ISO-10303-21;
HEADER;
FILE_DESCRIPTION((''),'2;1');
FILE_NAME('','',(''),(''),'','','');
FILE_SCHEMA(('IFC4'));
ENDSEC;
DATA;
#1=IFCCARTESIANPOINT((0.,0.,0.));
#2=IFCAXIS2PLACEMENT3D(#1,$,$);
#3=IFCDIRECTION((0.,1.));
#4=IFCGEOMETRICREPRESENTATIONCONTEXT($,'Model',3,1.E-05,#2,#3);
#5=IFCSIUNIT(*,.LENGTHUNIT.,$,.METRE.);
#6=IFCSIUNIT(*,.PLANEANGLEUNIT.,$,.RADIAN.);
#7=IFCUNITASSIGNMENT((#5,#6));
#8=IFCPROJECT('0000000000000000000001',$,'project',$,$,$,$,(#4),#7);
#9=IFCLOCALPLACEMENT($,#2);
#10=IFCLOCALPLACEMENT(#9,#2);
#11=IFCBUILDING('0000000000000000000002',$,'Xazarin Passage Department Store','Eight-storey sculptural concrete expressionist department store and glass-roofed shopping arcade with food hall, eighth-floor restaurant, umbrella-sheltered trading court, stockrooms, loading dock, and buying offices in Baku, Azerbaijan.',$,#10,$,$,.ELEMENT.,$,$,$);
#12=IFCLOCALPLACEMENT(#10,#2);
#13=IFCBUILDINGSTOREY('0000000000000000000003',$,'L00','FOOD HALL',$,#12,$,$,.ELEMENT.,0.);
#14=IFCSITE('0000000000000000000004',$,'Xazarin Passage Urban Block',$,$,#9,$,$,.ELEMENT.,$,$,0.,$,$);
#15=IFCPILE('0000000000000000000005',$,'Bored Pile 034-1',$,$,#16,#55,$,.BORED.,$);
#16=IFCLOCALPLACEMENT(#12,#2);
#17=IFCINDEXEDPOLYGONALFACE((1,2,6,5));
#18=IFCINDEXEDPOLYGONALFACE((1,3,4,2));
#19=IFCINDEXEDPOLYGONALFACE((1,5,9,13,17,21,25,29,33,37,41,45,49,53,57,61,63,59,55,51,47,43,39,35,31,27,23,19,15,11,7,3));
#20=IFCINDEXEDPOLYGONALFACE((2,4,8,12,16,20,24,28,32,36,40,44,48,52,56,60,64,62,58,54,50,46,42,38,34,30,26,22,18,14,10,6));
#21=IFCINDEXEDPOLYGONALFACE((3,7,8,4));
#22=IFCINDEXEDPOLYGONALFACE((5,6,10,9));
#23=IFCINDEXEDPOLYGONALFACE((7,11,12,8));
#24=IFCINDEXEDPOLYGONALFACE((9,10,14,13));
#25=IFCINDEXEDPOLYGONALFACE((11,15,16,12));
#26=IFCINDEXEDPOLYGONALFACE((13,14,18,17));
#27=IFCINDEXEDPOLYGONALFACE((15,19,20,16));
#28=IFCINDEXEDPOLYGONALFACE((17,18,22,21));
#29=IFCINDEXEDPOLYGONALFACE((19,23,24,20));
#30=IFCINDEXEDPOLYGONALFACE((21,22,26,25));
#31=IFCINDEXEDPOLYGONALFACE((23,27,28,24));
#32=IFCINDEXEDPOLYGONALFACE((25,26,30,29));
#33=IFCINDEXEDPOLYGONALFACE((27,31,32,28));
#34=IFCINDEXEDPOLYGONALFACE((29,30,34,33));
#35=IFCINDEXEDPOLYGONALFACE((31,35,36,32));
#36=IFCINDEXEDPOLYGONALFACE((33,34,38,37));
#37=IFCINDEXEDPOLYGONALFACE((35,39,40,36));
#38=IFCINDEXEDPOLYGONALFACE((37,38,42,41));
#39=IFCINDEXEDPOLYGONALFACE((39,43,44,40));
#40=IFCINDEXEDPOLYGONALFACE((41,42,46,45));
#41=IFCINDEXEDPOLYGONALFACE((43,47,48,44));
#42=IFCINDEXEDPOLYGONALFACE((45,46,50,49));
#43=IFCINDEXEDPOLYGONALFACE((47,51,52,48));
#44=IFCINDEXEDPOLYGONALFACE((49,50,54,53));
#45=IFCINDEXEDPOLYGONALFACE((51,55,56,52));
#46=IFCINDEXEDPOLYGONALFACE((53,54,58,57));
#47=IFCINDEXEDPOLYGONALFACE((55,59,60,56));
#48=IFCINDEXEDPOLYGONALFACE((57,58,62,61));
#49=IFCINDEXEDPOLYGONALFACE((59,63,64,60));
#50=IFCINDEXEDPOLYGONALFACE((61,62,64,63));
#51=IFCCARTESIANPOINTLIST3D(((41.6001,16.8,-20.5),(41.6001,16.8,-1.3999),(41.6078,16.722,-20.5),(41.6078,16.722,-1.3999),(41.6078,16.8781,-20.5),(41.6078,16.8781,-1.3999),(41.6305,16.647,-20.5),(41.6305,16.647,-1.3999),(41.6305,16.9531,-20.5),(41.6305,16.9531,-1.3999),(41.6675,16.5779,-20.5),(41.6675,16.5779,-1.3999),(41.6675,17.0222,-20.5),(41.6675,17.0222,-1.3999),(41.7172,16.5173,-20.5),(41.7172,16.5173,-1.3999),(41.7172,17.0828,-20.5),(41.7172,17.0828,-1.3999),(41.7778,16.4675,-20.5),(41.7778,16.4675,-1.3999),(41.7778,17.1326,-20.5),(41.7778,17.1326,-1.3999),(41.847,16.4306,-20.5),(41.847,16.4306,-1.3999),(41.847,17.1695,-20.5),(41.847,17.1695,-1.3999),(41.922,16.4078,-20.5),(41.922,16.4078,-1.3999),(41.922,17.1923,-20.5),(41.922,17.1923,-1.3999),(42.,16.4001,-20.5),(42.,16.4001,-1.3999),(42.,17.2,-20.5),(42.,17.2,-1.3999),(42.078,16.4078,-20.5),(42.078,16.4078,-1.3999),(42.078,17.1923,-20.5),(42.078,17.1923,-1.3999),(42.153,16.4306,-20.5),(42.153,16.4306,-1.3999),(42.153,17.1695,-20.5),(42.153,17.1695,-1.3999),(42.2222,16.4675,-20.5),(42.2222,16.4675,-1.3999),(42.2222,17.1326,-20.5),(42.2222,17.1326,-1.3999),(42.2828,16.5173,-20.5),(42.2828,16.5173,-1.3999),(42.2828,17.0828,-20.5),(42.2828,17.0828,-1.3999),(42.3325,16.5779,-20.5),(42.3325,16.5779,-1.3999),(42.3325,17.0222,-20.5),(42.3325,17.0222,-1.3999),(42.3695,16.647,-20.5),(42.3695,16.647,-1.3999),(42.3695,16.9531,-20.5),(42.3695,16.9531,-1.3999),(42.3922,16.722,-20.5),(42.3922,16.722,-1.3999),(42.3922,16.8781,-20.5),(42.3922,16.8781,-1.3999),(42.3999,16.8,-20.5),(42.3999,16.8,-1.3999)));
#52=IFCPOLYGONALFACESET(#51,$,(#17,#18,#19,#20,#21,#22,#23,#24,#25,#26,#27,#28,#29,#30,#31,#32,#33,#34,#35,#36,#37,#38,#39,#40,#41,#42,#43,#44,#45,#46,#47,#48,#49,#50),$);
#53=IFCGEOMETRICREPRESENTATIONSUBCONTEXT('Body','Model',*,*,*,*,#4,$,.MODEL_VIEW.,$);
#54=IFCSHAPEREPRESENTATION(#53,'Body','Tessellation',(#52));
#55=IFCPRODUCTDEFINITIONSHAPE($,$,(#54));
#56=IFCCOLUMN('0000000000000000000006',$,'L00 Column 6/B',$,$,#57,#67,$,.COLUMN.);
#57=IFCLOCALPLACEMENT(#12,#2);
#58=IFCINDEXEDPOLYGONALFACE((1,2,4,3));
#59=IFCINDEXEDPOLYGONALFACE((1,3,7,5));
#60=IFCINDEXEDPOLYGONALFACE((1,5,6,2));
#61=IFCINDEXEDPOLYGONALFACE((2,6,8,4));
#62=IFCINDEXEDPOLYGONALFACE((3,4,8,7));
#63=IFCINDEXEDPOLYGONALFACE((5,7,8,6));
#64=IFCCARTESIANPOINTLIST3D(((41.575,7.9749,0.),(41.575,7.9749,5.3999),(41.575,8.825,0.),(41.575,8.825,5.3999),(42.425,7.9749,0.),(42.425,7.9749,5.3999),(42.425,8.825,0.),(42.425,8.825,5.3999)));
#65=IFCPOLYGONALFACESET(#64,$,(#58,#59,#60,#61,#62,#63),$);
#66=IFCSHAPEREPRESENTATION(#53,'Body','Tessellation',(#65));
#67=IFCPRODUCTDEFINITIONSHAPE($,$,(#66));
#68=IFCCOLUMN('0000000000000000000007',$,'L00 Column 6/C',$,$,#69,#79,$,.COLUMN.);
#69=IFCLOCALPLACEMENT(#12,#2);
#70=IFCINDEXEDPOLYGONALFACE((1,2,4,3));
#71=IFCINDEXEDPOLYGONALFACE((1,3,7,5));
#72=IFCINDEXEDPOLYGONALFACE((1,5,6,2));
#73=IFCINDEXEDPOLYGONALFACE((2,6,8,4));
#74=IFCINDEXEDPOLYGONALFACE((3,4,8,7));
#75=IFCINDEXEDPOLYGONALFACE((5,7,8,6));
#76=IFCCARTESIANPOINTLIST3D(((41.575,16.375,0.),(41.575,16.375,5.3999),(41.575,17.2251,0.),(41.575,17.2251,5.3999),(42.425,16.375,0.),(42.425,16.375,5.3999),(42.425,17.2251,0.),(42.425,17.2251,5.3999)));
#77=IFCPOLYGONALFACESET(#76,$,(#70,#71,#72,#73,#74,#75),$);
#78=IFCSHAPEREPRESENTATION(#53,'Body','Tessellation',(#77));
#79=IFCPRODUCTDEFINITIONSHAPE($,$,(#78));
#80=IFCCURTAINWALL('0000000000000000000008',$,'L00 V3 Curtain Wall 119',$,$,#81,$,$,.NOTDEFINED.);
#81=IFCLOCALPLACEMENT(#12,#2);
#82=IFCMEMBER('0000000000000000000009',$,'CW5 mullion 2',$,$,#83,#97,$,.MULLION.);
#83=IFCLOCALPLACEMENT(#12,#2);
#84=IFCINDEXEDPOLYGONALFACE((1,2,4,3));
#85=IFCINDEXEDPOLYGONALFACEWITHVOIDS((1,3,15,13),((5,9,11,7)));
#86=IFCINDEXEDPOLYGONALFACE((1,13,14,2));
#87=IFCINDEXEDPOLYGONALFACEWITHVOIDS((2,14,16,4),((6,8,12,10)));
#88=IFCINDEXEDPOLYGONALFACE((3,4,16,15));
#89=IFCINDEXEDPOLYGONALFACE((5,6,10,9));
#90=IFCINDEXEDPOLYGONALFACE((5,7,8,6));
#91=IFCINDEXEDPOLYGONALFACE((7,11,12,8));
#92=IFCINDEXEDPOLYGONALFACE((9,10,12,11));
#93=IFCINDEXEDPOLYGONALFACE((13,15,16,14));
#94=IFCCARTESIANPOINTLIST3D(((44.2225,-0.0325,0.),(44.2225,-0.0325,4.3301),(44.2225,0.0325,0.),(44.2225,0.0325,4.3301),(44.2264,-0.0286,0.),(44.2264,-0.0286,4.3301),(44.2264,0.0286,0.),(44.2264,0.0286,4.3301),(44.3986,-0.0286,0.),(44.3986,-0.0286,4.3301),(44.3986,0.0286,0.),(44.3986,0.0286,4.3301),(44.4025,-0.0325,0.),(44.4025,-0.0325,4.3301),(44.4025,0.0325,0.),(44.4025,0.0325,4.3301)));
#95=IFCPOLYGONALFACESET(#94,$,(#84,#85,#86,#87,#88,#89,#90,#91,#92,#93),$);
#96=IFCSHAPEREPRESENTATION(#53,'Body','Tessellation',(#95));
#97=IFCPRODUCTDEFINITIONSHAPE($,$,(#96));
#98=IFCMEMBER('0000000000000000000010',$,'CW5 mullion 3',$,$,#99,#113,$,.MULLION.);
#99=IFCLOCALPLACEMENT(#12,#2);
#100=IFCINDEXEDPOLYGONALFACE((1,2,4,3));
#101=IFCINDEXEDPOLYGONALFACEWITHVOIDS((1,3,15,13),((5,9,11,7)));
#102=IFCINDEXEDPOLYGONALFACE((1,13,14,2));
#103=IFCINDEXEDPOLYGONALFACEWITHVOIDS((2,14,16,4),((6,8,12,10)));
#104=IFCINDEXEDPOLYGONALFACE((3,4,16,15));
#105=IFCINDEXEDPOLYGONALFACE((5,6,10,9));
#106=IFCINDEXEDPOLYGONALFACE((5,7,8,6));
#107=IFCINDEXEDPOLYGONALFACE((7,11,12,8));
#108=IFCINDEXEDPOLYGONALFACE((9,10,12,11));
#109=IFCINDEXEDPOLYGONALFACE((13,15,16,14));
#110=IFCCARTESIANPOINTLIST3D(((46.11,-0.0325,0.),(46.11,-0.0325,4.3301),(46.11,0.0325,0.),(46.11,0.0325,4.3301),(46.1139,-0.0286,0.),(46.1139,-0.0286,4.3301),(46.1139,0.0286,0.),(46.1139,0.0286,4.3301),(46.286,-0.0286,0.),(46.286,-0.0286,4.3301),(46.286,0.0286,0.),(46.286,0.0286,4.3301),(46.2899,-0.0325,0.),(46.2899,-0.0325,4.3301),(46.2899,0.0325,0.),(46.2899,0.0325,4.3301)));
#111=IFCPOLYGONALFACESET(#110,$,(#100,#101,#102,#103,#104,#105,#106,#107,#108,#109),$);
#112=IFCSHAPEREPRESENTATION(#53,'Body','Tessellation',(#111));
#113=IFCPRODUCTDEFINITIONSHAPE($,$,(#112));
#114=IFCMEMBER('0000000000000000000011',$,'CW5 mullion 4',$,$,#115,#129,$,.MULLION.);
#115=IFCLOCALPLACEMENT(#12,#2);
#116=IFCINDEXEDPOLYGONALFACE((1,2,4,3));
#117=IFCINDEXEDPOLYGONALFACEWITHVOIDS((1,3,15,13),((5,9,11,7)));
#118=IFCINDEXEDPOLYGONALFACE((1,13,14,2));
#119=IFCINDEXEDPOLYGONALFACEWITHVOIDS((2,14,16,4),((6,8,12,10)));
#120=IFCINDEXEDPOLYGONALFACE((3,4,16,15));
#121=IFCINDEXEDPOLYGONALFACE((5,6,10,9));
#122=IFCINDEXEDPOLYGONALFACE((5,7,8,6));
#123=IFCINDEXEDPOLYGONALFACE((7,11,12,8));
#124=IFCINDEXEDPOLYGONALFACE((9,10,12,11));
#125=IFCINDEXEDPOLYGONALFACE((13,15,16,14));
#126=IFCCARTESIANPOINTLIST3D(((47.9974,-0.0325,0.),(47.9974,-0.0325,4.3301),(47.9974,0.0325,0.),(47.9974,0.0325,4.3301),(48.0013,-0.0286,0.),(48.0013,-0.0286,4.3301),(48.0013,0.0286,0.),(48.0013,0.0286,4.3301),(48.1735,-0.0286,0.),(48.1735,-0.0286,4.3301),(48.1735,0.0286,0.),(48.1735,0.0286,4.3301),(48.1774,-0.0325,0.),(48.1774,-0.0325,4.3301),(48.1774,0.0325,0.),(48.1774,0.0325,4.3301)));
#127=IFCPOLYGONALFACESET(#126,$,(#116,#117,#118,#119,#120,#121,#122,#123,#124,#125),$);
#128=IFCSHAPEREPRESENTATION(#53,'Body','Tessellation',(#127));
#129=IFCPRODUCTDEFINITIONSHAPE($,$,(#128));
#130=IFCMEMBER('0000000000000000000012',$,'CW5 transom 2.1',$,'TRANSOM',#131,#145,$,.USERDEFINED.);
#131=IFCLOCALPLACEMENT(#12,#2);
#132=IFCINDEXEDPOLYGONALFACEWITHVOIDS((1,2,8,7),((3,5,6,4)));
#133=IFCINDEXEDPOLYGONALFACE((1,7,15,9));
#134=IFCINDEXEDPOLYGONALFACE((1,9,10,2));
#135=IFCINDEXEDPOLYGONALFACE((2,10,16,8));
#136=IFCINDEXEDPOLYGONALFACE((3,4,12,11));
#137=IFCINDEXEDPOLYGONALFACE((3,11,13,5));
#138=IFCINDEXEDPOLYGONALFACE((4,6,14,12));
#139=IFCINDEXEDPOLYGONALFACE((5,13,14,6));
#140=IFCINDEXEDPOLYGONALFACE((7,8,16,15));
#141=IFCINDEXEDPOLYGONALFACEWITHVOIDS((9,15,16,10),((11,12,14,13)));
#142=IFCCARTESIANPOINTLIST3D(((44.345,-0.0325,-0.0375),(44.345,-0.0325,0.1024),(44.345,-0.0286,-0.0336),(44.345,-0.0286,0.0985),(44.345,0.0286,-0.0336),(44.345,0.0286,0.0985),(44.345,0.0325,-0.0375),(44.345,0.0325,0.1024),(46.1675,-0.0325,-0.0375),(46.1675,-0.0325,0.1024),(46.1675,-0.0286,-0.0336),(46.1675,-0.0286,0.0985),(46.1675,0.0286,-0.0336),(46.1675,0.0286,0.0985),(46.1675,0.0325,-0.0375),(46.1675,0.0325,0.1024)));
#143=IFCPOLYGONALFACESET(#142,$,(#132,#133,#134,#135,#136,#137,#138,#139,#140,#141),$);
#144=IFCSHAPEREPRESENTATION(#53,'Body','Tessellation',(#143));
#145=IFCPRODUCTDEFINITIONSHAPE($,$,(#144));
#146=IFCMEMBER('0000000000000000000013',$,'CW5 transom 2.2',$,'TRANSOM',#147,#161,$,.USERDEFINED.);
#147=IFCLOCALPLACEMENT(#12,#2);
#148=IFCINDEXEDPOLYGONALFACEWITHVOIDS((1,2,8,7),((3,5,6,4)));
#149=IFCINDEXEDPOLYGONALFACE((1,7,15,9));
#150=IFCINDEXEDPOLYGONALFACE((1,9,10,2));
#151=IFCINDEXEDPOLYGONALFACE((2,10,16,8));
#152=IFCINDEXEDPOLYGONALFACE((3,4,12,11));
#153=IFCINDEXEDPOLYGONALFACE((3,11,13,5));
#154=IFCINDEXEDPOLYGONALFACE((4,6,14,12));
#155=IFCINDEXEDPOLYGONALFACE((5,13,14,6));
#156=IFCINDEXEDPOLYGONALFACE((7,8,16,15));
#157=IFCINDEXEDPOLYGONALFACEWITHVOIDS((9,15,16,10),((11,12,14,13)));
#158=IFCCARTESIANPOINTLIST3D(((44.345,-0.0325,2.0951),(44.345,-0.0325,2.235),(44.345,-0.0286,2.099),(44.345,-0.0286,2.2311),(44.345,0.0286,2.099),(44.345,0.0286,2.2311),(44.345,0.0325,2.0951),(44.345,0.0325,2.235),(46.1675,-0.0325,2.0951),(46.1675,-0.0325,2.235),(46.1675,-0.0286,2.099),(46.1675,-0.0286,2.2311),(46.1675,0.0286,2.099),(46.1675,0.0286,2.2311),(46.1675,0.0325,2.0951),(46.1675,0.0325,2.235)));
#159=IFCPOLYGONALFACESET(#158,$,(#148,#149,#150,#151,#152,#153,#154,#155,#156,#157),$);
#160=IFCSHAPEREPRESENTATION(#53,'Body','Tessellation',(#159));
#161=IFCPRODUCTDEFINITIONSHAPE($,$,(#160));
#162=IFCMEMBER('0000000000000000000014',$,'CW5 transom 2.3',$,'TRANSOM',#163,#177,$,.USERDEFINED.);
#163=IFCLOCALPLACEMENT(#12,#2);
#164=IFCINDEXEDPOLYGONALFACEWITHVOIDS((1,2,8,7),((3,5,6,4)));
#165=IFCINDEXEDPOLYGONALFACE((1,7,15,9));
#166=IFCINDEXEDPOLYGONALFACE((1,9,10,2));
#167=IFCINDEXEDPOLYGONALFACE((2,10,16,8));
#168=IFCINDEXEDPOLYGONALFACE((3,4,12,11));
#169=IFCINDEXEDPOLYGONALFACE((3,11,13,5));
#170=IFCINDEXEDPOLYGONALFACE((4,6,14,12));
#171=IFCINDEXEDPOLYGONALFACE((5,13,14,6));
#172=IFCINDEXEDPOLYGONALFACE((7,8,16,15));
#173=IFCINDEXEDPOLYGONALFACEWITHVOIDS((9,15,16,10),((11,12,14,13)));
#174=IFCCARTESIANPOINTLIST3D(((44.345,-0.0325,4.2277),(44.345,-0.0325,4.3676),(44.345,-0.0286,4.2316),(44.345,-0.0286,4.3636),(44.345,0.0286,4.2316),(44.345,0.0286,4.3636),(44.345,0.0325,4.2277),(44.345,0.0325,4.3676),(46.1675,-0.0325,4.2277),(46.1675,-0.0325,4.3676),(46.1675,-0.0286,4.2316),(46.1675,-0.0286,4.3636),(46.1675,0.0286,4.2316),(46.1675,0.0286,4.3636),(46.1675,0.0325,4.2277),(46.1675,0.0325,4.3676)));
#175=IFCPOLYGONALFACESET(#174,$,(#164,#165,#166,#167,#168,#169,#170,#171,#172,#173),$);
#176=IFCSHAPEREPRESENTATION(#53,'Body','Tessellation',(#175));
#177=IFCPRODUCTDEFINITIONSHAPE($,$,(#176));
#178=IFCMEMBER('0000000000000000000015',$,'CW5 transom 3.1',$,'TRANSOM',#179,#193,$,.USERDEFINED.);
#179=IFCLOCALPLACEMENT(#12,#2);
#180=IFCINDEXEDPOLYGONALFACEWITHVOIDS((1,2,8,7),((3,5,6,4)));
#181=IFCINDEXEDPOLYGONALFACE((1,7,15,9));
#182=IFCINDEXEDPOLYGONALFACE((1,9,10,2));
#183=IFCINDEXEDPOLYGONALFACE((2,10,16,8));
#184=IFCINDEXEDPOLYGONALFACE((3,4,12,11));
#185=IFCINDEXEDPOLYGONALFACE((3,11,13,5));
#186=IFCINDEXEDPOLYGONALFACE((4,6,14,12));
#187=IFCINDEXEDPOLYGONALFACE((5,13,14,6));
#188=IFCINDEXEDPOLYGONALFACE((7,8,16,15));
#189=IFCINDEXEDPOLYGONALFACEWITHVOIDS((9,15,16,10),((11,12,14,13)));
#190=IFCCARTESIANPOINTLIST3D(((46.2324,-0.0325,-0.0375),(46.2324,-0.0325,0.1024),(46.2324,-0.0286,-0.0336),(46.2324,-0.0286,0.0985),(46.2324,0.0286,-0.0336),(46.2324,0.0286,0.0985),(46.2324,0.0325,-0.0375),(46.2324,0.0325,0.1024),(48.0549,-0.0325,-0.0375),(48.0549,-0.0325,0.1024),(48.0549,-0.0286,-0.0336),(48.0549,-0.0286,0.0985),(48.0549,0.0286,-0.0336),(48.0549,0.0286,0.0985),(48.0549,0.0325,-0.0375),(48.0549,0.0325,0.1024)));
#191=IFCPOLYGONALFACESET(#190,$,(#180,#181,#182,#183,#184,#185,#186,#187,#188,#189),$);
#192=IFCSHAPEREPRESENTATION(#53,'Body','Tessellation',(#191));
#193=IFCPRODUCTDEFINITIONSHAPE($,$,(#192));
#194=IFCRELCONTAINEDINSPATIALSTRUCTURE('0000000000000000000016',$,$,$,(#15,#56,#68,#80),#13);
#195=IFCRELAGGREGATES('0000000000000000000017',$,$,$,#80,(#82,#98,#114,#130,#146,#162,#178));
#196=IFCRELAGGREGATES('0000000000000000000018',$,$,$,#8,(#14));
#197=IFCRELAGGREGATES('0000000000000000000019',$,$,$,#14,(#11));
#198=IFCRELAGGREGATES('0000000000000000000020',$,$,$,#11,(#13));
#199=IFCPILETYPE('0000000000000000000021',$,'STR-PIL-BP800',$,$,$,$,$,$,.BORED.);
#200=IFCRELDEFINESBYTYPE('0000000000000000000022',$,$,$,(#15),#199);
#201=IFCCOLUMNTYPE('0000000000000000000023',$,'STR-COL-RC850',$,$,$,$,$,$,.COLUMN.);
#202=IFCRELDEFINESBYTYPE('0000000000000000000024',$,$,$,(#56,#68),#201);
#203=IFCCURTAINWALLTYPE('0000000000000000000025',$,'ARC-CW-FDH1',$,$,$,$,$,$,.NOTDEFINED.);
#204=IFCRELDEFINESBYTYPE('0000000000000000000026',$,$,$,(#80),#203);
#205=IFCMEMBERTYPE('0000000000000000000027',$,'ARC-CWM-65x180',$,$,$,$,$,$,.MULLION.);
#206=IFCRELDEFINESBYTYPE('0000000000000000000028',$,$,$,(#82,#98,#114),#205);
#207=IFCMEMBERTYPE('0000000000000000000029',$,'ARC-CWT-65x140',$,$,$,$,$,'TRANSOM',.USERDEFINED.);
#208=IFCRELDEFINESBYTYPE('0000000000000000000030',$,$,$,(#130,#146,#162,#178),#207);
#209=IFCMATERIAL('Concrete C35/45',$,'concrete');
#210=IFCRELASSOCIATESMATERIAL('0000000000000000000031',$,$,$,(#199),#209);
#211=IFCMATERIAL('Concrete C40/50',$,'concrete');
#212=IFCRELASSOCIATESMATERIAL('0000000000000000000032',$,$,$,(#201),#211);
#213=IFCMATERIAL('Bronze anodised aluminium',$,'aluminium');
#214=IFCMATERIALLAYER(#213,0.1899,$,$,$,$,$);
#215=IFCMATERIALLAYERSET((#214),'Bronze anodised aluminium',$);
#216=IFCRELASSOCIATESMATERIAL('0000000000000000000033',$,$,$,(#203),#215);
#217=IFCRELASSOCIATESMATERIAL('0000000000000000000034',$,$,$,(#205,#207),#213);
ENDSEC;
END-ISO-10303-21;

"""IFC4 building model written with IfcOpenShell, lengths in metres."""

from ifc_helpers import new_model, si_unit, direction, frame, origin, origin_2d, place, context, subcontext, project, spatial, rectangle, hollow_rectangle, circle, extrude, material, layer, layer_set, material_profile, profile_set, type_object, element, aggregate, save


model = new_model("IFC4")

# Units and contexts
model_context = context("Model", 3, precision=1e-05, world=origin(), true_north=direction((0.0, 1.0)))
body_context = subcontext(model_context, "Body", "Model", "MODEL_VIEW")
ifc_project = project(units=[si_unit("LENGTHUNIT", "METRE"), si_unit("PLANEANGLEUNIT", "RADIAN")], contexts=[model_context])

# Site, building, storey
site_placement = place(None, origin())
site = spatial("IfcSite", under=ifc_project, at=site_placement, Name="Xazarin Passage Urban Block", CompositionType="ELEMENT", RefElevation=0.0)
building_placement = place(site_placement, origin())
building = spatial("IfcBuilding", under=site, at=building_placement, Name="Xazarin Passage Department Store", Description="Eight-storey sculptural concrete expressionist department store and glass-roofed shopping arcade with food hall, eighth-floor restaurant, umbrella-sheltered trading court, stockrooms, loading dock, and buying offices in Baku, Azerbaijan.", CompositionType="ELEMENT")
storey_placement = place(building_placement, origin())
storey = spatial("IfcBuildingStorey", under=building, at=storey_placement, Name="L00", Description="FOOD HALL", CompositionType="ELEMENT", Elevation=0.0)

# Shared definitions
ifc_material_1 = material(Name="Concrete C35/45", Category="concrete")

# Pile
ifc_material_profile_1 = material_profile(ifc_material_1, circle(Radius=0.3999, at=origin_2d()), Name="BP 800")
ifc_profile_set_1 = profile_set([ifc_material_profile_1], Name="Concrete C35/45")
pile_type_1 = type_object("IfcPileType", Name="STR-PIL-BP800", PredefinedType="BORED", material=ifc_profile_set_1)
pile_1_placement = place(storey_placement, frame((42.0, 16.8, -1.3999), z_axis=(0.0, 0.0, -1.0), x_axis=(1.0, 0.0, 0.0)))
element("IfcPile", 1, at=pile_1_placement, inside=storey, type_object=pile_type_1, Name="Bored Pile 034-1", PredefinedType="BORED", context=body_context, shape_type="SweptSolid", body=[
    extrude(circle(Radius=0.3999, at=origin_2d()), origin(), (0.0, 0.0, 1.0), 19.1001),
])

# Columns
ifc_material_2 = material(Name="Concrete C40/50", Category="concrete")
ifc_material_profile_2 = material_profile(ifc_material_2, rectangle(XDim=0.8501, YDim=0.8501, at=origin_2d()), Name="RC 850x850")
ifc_profile_set_2 = profile_set([ifc_material_profile_2], Name="Concrete C40/50")
column_type = type_object("IfcColumnType", Name="STR-COL-RC850", PredefinedType="COLUMN", material=ifc_profile_set_2)
for number, where, z_axis, x_axis, name in (
    (2, (42.0, 8.3999, 0.0), (0.0, 0.0, 1.0), (1.0, 0.0, 0.0), "L00 Column 6/B"),
    (3, (42.0, 16.8, 0.0), (0.0, 0.0, 1.0), (1.0, 0.0, 0.0), "L00 Column 6/C"),
):
    element("IfcColumn", number, at=place(storey_placement, frame(where, z_axis=z_axis, x_axis=x_axis)), inside=storey, type_object=column_type, Name=name, PredefinedType="COLUMN", context=body_context, shape_type="SweptSolid", body=[
        extrude(rectangle(XDim=0.8501, YDim=0.8501, at=origin_2d()), origin(), (0.0, 0.0, 1.0), 5.3999),
    ])

# Curtain wall, members
ifc_material_3 = material(Name="Bronze anodised aluminium", Category="aluminium")
ifc_layer_1 = layer(ifc_material_3, 0.1899)
ifc_layer_set_1 = layer_set([ifc_layer_1], Name="Bronze anodised aluminium")
curtain_wall_type = type_object("IfcCurtainWallType", Name="ARC-CW-FDH1", PredefinedType="NOTDEFINED", material=ifc_layer_set_1)
curtain_wall_placement = place(storey_placement, origin())
curtain_wall = element("IfcCurtainWall", 4, at=curtain_wall_placement, inside=storey, type_object=curtain_wall_type, Name="L00 V3 Curtain Wall 119", PredefinedType="NOTDEFINED")
ifc_material_profile_3 = material_profile(ifc_material_3, hollow_rectangle(XDim=0.0649, YDim=0.1799, WallThickness=0.0039, at=origin_2d()), Name="ALU 65x180")
ifc_profile_set_3 = profile_set([ifc_material_profile_3], Name="Bronze anodised aluminium")
member_type_1 = type_object("IfcMemberType", Name="ARC-CWM-65x180", PredefinedType="MULLION", material=ifc_profile_set_3)
member_1_placement = place(storey_placement, frame((44.3125, 0.0, 0.0), z_axis=(0.0, 0.0, 1.0), x_axis=(0.0, 1.0, 0.0)))
member_1 = element("IfcMember", 5, at=member_1_placement, type_object=member_type_1, Name="CW5 mullion 2", PredefinedType="MULLION", context=body_context, shape_type="SweptSolid", body=[
    extrude(hollow_rectangle(XDim=0.0649, YDim=0.1799, WallThickness=0.0039, at=origin_2d()), origin(), (0.0, 0.0, 1.0), 4.3301),
])
member_2_placement = place(storey_placement, frame((46.2, 0.0, 0.0), z_axis=(0.0, 0.0, 1.0), x_axis=(0.0, 1.0, 0.0)))
member_2 = element("IfcMember", 6, at=member_2_placement, type_object=member_type_1, Name="CW5 mullion 3", PredefinedType="MULLION", context=body_context, shape_type="SweptSolid", body=[
    extrude(hollow_rectangle(XDim=0.0649, YDim=0.1799, WallThickness=0.0039, at=origin_2d()), origin(), (0.0, 0.0, 1.0), 4.3301),
])
member_3_placement = place(storey_placement, frame((48.0874, 0.0, 0.0), z_axis=(0.0, 0.0, 1.0), x_axis=(0.0, 1.0, 0.0)))
member_3 = element("IfcMember", 7, at=member_3_placement, type_object=member_type_1, Name="CW5 mullion 4", PredefinedType="MULLION", context=body_context, shape_type="SweptSolid", body=[
    extrude(hollow_rectangle(XDim=0.0649, YDim=0.1799, WallThickness=0.0039, at=origin_2d()), origin(), (0.0, 0.0, 1.0), 4.3301),
])
ifc_material_profile_4 = material_profile(ifc_material_3, hollow_rectangle(XDim=0.0649, YDim=0.1399, WallThickness=0.0039, at=origin_2d()), Name="ALU 65x140")
ifc_profile_set_4 = profile_set([ifc_material_profile_4], Name="Bronze anodised aluminium")
member_type_2 = type_object("IfcMemberType", Name="ARC-CWT-65x140", ElementType="TRANSOM", PredefinedType="USERDEFINED", material=ifc_profile_set_4)
member_4_placement = place(storey_placement, frame((44.345, 0.0, 0.0325), z_axis=(1.0, 0.0, 0.0), x_axis=(0.0, 1.0, 0.0)))
member_4 = element("IfcMember", 8, at=member_4_placement, type_object=member_type_2, Name="CW5 transom 2.1", ObjectType="TRANSOM", PredefinedType="USERDEFINED", context=body_context, shape_type="SweptSolid", body=[
    extrude(hollow_rectangle(XDim=0.0649, YDim=0.1399, WallThickness=0.0039, at=origin_2d()), origin(), (0.0, 0.0, 1.0), 1.8225),
])
member_5_placement = place(storey_placement, frame((44.345, 0.0, 2.165), z_axis=(1.0, 0.0, 0.0), x_axis=(0.0, 1.0, 0.0)))
member_5 = element("IfcMember", 9, at=member_5_placement, type_object=member_type_2, Name="CW5 transom 2.2", ObjectType="TRANSOM", PredefinedType="USERDEFINED", context=body_context, shape_type="SweptSolid", body=[
    extrude(hollow_rectangle(XDim=0.0649, YDim=0.1399, WallThickness=0.0039, at=origin_2d()), origin(), (0.0, 0.0, 1.0), 1.8225),
])
member_6_placement = place(storey_placement, frame((44.345, 0.0, 4.2976), z_axis=(1.0, 0.0, 0.0), x_axis=(0.0, 1.0, 0.0)))
member_6 = element("IfcMember", 10, at=member_6_placement, type_object=member_type_2, Name="CW5 transom 2.3", ObjectType="TRANSOM", PredefinedType="USERDEFINED", context=body_context, shape_type="SweptSolid", body=[
    extrude(hollow_rectangle(XDim=0.0649, YDim=0.1399, WallThickness=0.0039, at=origin_2d()), origin(), (0.0, 0.0, 1.0), 1.8225),
])
member_7_placement = place(storey_placement, frame((46.2324, 0.0, 0.0325), z_axis=(1.0, 0.0, 0.0), x_axis=(0.0, 1.0, 0.0)))
member_7 = element("IfcMember", 11, at=member_7_placement, type_object=member_type_2, Name="CW5 transom 3.1", ObjectType="TRANSOM", PredefinedType="USERDEFINED", context=body_context, shape_type="SweptSolid", body=[
    extrude(hollow_rectangle(XDim=0.0649, YDim=0.1399, WallThickness=0.0039, at=origin_2d()), origin(), (0.0, 0.0, 1.0), 1.8225),
])
aggregate(curtain_wall, [member_1, member_2, member_3, member_4, member_5, member_6, member_7])

save(model, "model.ifc")
